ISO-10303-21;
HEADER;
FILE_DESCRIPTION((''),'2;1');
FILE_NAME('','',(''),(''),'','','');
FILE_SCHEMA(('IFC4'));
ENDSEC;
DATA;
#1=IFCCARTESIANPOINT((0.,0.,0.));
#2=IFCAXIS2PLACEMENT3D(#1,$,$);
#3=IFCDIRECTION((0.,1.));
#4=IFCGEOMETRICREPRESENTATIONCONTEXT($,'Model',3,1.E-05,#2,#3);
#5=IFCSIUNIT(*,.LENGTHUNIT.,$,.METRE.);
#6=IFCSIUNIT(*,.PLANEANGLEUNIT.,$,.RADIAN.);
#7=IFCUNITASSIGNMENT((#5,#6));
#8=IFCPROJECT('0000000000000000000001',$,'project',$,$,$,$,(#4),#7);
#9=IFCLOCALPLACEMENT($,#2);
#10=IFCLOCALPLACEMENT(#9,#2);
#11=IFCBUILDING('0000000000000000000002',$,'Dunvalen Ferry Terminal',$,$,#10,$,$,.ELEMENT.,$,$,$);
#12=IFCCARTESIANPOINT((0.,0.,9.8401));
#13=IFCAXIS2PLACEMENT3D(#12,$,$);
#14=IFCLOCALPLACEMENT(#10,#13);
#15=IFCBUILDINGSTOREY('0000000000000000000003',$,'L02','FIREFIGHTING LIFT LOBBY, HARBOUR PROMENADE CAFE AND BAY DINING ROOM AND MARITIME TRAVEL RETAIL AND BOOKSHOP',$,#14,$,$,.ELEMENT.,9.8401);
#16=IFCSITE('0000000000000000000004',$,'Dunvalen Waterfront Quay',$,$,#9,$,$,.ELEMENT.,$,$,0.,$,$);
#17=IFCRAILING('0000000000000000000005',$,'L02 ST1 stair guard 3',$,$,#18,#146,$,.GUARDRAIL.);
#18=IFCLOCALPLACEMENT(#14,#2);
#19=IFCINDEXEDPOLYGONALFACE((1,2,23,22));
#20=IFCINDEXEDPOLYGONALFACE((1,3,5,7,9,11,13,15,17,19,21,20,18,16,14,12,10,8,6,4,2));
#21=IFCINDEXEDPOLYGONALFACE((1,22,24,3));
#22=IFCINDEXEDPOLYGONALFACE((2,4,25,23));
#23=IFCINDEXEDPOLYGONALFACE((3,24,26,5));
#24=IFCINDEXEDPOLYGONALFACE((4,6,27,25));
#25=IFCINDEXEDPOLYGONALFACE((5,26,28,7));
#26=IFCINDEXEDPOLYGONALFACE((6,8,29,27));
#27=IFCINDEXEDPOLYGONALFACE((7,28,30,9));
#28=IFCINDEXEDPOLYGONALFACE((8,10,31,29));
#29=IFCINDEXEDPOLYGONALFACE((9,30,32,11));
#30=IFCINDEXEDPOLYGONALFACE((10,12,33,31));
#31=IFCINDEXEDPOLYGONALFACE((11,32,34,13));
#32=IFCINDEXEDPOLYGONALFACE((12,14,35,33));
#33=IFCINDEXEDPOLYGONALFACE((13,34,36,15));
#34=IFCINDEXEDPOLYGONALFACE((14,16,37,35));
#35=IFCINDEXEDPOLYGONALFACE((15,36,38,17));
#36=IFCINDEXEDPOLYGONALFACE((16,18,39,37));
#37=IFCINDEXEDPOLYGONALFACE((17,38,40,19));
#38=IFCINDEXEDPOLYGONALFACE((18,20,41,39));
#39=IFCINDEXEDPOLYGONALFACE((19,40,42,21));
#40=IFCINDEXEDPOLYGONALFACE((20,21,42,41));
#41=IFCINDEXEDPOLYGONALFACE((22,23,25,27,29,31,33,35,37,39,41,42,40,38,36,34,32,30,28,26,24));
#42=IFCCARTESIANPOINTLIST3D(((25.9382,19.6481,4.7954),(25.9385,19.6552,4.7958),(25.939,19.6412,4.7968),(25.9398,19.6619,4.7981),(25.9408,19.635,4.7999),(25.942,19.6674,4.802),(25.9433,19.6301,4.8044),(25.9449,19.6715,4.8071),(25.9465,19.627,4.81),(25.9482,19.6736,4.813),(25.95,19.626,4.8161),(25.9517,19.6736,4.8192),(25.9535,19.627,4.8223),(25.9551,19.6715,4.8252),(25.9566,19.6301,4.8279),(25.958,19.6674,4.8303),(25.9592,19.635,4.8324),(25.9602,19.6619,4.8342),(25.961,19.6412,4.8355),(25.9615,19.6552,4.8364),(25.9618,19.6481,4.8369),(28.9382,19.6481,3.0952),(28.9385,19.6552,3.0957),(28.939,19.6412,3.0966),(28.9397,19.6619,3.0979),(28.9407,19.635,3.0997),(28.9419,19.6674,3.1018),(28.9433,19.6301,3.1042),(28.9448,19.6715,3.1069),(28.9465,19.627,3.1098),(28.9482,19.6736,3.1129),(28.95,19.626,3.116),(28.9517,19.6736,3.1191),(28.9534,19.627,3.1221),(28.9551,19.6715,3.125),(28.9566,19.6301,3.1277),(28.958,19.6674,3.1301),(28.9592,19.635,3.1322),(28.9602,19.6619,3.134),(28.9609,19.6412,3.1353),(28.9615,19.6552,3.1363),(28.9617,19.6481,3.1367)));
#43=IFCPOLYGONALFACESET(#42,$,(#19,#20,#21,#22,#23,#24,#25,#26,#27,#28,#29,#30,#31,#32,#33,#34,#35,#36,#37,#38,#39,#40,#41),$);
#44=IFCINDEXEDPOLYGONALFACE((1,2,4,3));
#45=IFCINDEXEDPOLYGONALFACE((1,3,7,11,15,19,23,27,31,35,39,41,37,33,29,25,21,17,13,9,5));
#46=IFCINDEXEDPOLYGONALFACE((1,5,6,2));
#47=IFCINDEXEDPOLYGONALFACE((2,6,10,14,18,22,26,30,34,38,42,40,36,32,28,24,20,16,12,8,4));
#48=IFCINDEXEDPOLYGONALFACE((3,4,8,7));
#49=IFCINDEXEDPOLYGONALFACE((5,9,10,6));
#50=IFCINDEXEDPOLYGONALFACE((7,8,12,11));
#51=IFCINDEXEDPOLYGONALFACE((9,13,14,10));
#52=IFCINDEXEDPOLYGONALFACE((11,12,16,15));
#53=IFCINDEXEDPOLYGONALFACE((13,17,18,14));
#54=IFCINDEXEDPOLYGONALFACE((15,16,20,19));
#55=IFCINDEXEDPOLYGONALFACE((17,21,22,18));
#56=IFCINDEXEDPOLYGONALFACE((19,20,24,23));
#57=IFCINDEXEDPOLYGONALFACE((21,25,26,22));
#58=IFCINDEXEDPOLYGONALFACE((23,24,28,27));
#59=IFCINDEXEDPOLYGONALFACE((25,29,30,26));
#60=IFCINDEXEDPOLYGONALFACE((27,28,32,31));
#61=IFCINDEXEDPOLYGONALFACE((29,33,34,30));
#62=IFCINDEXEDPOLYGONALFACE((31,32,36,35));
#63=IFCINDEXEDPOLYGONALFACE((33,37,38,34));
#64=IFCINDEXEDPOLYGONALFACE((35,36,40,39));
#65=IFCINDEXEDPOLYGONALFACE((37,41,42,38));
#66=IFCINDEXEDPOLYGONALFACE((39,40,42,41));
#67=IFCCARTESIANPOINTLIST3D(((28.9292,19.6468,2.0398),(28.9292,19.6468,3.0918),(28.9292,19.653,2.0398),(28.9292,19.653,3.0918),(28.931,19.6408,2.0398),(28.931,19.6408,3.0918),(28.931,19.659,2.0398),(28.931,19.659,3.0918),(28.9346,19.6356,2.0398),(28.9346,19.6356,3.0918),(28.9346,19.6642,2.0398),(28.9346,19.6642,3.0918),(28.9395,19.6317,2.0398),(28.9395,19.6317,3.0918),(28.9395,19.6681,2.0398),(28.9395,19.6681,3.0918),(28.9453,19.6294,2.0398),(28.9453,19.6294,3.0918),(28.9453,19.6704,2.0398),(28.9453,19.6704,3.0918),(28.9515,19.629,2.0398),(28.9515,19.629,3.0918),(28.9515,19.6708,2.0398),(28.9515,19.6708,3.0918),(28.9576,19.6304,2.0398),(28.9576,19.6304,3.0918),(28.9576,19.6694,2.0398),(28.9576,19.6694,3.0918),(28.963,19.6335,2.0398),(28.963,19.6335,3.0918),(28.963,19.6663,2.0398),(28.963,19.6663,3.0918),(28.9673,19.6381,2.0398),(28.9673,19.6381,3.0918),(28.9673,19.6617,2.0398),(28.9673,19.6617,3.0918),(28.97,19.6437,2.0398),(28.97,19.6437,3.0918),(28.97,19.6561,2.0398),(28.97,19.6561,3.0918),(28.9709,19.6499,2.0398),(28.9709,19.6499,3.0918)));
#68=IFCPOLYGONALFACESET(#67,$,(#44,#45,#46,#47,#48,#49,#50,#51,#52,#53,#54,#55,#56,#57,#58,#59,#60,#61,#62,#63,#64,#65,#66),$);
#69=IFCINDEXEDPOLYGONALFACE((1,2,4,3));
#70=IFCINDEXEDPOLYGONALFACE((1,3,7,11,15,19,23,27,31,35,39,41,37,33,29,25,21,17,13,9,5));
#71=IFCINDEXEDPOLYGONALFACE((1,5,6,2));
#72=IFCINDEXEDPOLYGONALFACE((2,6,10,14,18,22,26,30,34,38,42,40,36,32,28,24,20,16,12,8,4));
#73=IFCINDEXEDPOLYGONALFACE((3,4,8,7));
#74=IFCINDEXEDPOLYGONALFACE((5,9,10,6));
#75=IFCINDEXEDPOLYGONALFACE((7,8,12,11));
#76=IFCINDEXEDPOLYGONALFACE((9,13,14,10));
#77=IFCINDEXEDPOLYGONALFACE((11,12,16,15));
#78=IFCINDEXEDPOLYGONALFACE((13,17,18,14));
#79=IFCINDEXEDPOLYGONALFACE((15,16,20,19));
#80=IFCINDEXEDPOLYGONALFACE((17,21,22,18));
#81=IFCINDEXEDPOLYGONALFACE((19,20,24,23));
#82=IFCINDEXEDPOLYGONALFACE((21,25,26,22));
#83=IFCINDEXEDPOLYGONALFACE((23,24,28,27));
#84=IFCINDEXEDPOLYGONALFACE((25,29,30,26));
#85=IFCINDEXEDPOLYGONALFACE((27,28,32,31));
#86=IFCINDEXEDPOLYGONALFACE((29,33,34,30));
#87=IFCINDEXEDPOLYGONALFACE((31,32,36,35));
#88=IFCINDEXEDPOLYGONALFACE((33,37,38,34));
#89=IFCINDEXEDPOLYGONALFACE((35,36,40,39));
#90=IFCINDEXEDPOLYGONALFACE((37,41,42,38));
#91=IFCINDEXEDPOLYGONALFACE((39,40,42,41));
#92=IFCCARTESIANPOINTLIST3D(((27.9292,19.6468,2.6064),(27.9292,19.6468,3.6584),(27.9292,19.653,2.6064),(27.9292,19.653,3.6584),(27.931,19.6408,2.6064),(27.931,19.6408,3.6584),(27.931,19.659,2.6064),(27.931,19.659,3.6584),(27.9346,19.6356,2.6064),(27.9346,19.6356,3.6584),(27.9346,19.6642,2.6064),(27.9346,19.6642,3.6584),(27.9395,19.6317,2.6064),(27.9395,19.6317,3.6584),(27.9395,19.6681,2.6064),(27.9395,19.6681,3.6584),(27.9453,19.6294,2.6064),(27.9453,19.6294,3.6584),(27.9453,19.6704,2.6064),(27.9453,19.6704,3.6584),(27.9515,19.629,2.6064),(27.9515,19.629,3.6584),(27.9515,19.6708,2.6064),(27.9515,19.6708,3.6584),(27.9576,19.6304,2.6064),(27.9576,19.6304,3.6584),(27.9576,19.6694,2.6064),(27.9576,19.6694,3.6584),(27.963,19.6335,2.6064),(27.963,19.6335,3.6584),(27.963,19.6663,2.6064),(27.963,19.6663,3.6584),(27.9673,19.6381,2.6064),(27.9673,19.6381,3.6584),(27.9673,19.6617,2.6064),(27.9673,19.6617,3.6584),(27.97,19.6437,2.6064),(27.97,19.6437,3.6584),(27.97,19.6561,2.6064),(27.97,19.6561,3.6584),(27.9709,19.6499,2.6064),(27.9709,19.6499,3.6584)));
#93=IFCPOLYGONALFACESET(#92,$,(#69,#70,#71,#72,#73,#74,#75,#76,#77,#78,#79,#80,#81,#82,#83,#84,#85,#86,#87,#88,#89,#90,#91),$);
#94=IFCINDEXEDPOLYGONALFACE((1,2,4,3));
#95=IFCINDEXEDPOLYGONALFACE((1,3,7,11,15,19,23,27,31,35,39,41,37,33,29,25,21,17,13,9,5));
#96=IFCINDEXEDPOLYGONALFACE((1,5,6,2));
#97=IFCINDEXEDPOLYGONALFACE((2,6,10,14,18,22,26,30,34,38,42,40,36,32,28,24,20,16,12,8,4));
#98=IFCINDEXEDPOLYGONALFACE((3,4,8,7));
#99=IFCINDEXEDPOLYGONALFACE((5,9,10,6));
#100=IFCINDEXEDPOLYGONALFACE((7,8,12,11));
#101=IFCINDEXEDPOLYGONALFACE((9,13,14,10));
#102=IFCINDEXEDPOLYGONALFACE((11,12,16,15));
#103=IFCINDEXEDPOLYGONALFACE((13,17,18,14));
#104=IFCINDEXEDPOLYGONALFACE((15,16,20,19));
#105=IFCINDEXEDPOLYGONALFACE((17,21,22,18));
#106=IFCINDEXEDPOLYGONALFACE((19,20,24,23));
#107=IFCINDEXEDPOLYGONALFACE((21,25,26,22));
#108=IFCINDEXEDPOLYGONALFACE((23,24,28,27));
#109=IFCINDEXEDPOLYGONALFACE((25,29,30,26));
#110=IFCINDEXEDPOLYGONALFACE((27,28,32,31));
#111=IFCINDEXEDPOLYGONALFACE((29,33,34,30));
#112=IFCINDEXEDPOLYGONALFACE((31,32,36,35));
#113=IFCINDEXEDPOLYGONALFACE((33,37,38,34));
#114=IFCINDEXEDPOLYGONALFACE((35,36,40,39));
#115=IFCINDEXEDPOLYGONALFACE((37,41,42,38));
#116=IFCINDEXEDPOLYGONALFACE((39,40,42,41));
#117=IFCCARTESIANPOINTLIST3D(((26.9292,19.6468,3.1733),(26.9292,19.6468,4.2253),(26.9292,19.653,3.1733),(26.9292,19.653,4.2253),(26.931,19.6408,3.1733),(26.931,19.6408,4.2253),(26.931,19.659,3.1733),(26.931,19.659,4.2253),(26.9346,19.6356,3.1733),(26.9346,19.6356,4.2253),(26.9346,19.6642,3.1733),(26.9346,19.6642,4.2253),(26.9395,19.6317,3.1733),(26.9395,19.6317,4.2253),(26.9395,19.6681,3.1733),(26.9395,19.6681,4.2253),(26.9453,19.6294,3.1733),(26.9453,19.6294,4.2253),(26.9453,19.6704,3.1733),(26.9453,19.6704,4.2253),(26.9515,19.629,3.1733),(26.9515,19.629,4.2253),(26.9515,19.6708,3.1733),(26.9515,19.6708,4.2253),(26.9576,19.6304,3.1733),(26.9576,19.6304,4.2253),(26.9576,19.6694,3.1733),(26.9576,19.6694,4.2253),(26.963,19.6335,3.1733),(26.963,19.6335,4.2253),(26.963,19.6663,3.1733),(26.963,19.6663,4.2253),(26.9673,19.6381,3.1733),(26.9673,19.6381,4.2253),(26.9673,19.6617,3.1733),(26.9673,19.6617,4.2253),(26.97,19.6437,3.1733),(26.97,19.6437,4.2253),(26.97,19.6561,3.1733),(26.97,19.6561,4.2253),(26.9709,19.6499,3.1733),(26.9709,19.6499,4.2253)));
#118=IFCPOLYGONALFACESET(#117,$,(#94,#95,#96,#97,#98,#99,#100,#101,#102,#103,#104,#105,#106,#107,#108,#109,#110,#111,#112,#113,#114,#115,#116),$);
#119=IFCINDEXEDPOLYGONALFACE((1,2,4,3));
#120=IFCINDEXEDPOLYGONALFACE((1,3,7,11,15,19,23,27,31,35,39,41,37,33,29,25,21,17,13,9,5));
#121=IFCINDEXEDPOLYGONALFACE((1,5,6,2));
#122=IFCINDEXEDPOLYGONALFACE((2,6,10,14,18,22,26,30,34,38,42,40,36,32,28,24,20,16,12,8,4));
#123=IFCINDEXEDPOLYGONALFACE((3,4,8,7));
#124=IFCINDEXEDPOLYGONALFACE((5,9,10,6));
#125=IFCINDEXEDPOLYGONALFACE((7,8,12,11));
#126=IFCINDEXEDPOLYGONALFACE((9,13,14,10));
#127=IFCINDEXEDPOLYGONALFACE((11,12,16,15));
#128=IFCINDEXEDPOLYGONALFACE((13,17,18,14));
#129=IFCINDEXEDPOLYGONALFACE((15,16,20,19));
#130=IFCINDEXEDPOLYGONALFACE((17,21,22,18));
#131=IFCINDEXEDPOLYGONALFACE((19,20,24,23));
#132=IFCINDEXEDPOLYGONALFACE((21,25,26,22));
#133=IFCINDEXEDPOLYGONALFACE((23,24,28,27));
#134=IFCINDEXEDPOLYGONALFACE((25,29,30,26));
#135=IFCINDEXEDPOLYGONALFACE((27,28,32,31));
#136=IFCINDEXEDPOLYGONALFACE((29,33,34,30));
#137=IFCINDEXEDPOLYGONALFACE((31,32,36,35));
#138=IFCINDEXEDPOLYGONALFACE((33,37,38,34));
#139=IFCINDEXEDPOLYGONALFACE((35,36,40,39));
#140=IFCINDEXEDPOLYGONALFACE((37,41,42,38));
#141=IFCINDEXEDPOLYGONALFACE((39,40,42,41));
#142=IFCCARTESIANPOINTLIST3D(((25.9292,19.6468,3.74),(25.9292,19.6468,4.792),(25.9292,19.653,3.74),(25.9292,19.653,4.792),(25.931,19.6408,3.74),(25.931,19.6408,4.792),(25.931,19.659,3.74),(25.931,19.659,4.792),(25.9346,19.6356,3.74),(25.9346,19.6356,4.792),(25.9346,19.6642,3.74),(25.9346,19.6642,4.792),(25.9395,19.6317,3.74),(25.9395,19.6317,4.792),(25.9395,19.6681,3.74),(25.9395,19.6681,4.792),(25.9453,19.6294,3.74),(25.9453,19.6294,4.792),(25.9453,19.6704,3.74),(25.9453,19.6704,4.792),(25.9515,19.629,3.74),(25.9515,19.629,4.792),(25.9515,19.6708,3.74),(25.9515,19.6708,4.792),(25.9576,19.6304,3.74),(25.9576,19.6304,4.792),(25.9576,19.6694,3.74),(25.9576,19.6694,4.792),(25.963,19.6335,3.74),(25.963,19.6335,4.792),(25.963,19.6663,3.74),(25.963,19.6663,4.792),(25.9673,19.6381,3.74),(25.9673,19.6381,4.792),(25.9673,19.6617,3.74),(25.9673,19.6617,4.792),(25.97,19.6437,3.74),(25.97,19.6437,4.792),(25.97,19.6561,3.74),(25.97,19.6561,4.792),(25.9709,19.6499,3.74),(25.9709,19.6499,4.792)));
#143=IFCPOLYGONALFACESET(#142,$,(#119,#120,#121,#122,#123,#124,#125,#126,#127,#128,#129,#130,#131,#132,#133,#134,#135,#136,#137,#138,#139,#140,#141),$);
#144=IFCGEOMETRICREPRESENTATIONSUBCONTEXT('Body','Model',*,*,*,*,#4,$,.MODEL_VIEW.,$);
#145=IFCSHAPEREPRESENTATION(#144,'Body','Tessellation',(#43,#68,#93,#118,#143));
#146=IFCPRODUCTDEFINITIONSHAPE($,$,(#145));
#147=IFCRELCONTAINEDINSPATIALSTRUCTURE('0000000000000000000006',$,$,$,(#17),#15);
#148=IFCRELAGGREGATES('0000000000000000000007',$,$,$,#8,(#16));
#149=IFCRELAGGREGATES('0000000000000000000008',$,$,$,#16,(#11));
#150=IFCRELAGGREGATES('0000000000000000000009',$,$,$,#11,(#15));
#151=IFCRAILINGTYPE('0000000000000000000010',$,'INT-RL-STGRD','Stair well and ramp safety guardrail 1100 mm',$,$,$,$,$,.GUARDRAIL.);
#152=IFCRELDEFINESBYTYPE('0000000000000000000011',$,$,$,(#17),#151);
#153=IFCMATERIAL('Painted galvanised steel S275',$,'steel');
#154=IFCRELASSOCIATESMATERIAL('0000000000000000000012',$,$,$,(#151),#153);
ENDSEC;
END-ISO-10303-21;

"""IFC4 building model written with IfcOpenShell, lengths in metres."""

from ifc_helpers import new_model, si_unit, direction, frame, origin, origin_2d, place, context, subcontext, project, spatial, circle, extrude, material, type_object, element, save


model = new_model("IFC4")

# Units and contexts
model_context = context("Model", 3, precision=1e-05, world=origin(), true_north=direction((0.0, 1.0)))
body_context = subcontext(model_context, "Body", "Model", "MODEL_VIEW")
ifc_project = project(units=[si_unit("LENGTHUNIT", "METRE"), si_unit("PLANEANGLEUNIT", "RADIAN")], contexts=[model_context])

# Site, building, storey
site_placement = place(None, origin())
site = spatial("IfcSite", under=ifc_project, at=site_placement, Name="Dunvalen Waterfront Quay", CompositionType="ELEMENT", RefElevation=0.0)
building_placement = place(site_placement, origin())
building = spatial("IfcBuilding", under=site, at=building_placement, Name="Dunvalen Ferry Terminal", CompositionType="ELEMENT")
storey_placement = place(building_placement, frame((0.0, 0.0, 9.8401)))
storey = spatial("IfcBuildingStorey", under=building, at=storey_placement, Name="L02", Description="FIREFIGHTING LIFT LOBBY, HARBOUR PROMENADE CAFE AND BAY DINING ROOM AND MARITIME TRAVEL RETAIL AND BOOKSHOP", CompositionType="ELEMENT", Elevation=9.8401)

# Railing
ifc_material_1 = material(Name="Painted galvanised steel S275", Category="steel")
railing_type_1 = type_object("IfcRailingType", Name="INT-RL-STGRD", Description="Stair well and ramp safety guardrail 1100 mm", PredefinedType="GUARDRAIL", material=ifc_material_1)
railing_1_placement = place(storey_placement, frame((28.95, 19.6499, 2.0398)))
element("IfcRailing", 1, at=railing_1_placement, inside=storey, type_object=railing_type_1, Name="L02 ST1 stair guard 3", PredefinedType="GUARDRAIL", context=body_context, shape_type="SweptSolid", body=[
    extrude(circle(Radius=0.0239, at=origin_2d()), frame((0.0, 0.0, 1.0762), z_axis=(-0.869998, 0.0, 0.493055), x_axis=(0.0, -1.0, 0.0)), (0.0, 0.0, 1.0), 3.4482),
    extrude(circle(Radius=0.021, at=origin_2d()), origin(), (0.0, 0.0, 1.0), 1.052),
    extrude(circle(Radius=0.021, at=origin_2d()), frame((-1.0, 0.0, 0.5667)), (0.0, 0.0, 1.0), 1.052),
    extrude(circle(Radius=0.021, at=origin_2d()), frame((-2.0, 0.0, 1.1335)), (0.0, 0.0, 1.0), 1.052),
    extrude(circle(Radius=0.021, at=origin_2d()), frame((-3.0, 0.0, 1.7002)), (0.0, 0.0, 1.0), 1.052),
])

save(model, "model.ifc")
